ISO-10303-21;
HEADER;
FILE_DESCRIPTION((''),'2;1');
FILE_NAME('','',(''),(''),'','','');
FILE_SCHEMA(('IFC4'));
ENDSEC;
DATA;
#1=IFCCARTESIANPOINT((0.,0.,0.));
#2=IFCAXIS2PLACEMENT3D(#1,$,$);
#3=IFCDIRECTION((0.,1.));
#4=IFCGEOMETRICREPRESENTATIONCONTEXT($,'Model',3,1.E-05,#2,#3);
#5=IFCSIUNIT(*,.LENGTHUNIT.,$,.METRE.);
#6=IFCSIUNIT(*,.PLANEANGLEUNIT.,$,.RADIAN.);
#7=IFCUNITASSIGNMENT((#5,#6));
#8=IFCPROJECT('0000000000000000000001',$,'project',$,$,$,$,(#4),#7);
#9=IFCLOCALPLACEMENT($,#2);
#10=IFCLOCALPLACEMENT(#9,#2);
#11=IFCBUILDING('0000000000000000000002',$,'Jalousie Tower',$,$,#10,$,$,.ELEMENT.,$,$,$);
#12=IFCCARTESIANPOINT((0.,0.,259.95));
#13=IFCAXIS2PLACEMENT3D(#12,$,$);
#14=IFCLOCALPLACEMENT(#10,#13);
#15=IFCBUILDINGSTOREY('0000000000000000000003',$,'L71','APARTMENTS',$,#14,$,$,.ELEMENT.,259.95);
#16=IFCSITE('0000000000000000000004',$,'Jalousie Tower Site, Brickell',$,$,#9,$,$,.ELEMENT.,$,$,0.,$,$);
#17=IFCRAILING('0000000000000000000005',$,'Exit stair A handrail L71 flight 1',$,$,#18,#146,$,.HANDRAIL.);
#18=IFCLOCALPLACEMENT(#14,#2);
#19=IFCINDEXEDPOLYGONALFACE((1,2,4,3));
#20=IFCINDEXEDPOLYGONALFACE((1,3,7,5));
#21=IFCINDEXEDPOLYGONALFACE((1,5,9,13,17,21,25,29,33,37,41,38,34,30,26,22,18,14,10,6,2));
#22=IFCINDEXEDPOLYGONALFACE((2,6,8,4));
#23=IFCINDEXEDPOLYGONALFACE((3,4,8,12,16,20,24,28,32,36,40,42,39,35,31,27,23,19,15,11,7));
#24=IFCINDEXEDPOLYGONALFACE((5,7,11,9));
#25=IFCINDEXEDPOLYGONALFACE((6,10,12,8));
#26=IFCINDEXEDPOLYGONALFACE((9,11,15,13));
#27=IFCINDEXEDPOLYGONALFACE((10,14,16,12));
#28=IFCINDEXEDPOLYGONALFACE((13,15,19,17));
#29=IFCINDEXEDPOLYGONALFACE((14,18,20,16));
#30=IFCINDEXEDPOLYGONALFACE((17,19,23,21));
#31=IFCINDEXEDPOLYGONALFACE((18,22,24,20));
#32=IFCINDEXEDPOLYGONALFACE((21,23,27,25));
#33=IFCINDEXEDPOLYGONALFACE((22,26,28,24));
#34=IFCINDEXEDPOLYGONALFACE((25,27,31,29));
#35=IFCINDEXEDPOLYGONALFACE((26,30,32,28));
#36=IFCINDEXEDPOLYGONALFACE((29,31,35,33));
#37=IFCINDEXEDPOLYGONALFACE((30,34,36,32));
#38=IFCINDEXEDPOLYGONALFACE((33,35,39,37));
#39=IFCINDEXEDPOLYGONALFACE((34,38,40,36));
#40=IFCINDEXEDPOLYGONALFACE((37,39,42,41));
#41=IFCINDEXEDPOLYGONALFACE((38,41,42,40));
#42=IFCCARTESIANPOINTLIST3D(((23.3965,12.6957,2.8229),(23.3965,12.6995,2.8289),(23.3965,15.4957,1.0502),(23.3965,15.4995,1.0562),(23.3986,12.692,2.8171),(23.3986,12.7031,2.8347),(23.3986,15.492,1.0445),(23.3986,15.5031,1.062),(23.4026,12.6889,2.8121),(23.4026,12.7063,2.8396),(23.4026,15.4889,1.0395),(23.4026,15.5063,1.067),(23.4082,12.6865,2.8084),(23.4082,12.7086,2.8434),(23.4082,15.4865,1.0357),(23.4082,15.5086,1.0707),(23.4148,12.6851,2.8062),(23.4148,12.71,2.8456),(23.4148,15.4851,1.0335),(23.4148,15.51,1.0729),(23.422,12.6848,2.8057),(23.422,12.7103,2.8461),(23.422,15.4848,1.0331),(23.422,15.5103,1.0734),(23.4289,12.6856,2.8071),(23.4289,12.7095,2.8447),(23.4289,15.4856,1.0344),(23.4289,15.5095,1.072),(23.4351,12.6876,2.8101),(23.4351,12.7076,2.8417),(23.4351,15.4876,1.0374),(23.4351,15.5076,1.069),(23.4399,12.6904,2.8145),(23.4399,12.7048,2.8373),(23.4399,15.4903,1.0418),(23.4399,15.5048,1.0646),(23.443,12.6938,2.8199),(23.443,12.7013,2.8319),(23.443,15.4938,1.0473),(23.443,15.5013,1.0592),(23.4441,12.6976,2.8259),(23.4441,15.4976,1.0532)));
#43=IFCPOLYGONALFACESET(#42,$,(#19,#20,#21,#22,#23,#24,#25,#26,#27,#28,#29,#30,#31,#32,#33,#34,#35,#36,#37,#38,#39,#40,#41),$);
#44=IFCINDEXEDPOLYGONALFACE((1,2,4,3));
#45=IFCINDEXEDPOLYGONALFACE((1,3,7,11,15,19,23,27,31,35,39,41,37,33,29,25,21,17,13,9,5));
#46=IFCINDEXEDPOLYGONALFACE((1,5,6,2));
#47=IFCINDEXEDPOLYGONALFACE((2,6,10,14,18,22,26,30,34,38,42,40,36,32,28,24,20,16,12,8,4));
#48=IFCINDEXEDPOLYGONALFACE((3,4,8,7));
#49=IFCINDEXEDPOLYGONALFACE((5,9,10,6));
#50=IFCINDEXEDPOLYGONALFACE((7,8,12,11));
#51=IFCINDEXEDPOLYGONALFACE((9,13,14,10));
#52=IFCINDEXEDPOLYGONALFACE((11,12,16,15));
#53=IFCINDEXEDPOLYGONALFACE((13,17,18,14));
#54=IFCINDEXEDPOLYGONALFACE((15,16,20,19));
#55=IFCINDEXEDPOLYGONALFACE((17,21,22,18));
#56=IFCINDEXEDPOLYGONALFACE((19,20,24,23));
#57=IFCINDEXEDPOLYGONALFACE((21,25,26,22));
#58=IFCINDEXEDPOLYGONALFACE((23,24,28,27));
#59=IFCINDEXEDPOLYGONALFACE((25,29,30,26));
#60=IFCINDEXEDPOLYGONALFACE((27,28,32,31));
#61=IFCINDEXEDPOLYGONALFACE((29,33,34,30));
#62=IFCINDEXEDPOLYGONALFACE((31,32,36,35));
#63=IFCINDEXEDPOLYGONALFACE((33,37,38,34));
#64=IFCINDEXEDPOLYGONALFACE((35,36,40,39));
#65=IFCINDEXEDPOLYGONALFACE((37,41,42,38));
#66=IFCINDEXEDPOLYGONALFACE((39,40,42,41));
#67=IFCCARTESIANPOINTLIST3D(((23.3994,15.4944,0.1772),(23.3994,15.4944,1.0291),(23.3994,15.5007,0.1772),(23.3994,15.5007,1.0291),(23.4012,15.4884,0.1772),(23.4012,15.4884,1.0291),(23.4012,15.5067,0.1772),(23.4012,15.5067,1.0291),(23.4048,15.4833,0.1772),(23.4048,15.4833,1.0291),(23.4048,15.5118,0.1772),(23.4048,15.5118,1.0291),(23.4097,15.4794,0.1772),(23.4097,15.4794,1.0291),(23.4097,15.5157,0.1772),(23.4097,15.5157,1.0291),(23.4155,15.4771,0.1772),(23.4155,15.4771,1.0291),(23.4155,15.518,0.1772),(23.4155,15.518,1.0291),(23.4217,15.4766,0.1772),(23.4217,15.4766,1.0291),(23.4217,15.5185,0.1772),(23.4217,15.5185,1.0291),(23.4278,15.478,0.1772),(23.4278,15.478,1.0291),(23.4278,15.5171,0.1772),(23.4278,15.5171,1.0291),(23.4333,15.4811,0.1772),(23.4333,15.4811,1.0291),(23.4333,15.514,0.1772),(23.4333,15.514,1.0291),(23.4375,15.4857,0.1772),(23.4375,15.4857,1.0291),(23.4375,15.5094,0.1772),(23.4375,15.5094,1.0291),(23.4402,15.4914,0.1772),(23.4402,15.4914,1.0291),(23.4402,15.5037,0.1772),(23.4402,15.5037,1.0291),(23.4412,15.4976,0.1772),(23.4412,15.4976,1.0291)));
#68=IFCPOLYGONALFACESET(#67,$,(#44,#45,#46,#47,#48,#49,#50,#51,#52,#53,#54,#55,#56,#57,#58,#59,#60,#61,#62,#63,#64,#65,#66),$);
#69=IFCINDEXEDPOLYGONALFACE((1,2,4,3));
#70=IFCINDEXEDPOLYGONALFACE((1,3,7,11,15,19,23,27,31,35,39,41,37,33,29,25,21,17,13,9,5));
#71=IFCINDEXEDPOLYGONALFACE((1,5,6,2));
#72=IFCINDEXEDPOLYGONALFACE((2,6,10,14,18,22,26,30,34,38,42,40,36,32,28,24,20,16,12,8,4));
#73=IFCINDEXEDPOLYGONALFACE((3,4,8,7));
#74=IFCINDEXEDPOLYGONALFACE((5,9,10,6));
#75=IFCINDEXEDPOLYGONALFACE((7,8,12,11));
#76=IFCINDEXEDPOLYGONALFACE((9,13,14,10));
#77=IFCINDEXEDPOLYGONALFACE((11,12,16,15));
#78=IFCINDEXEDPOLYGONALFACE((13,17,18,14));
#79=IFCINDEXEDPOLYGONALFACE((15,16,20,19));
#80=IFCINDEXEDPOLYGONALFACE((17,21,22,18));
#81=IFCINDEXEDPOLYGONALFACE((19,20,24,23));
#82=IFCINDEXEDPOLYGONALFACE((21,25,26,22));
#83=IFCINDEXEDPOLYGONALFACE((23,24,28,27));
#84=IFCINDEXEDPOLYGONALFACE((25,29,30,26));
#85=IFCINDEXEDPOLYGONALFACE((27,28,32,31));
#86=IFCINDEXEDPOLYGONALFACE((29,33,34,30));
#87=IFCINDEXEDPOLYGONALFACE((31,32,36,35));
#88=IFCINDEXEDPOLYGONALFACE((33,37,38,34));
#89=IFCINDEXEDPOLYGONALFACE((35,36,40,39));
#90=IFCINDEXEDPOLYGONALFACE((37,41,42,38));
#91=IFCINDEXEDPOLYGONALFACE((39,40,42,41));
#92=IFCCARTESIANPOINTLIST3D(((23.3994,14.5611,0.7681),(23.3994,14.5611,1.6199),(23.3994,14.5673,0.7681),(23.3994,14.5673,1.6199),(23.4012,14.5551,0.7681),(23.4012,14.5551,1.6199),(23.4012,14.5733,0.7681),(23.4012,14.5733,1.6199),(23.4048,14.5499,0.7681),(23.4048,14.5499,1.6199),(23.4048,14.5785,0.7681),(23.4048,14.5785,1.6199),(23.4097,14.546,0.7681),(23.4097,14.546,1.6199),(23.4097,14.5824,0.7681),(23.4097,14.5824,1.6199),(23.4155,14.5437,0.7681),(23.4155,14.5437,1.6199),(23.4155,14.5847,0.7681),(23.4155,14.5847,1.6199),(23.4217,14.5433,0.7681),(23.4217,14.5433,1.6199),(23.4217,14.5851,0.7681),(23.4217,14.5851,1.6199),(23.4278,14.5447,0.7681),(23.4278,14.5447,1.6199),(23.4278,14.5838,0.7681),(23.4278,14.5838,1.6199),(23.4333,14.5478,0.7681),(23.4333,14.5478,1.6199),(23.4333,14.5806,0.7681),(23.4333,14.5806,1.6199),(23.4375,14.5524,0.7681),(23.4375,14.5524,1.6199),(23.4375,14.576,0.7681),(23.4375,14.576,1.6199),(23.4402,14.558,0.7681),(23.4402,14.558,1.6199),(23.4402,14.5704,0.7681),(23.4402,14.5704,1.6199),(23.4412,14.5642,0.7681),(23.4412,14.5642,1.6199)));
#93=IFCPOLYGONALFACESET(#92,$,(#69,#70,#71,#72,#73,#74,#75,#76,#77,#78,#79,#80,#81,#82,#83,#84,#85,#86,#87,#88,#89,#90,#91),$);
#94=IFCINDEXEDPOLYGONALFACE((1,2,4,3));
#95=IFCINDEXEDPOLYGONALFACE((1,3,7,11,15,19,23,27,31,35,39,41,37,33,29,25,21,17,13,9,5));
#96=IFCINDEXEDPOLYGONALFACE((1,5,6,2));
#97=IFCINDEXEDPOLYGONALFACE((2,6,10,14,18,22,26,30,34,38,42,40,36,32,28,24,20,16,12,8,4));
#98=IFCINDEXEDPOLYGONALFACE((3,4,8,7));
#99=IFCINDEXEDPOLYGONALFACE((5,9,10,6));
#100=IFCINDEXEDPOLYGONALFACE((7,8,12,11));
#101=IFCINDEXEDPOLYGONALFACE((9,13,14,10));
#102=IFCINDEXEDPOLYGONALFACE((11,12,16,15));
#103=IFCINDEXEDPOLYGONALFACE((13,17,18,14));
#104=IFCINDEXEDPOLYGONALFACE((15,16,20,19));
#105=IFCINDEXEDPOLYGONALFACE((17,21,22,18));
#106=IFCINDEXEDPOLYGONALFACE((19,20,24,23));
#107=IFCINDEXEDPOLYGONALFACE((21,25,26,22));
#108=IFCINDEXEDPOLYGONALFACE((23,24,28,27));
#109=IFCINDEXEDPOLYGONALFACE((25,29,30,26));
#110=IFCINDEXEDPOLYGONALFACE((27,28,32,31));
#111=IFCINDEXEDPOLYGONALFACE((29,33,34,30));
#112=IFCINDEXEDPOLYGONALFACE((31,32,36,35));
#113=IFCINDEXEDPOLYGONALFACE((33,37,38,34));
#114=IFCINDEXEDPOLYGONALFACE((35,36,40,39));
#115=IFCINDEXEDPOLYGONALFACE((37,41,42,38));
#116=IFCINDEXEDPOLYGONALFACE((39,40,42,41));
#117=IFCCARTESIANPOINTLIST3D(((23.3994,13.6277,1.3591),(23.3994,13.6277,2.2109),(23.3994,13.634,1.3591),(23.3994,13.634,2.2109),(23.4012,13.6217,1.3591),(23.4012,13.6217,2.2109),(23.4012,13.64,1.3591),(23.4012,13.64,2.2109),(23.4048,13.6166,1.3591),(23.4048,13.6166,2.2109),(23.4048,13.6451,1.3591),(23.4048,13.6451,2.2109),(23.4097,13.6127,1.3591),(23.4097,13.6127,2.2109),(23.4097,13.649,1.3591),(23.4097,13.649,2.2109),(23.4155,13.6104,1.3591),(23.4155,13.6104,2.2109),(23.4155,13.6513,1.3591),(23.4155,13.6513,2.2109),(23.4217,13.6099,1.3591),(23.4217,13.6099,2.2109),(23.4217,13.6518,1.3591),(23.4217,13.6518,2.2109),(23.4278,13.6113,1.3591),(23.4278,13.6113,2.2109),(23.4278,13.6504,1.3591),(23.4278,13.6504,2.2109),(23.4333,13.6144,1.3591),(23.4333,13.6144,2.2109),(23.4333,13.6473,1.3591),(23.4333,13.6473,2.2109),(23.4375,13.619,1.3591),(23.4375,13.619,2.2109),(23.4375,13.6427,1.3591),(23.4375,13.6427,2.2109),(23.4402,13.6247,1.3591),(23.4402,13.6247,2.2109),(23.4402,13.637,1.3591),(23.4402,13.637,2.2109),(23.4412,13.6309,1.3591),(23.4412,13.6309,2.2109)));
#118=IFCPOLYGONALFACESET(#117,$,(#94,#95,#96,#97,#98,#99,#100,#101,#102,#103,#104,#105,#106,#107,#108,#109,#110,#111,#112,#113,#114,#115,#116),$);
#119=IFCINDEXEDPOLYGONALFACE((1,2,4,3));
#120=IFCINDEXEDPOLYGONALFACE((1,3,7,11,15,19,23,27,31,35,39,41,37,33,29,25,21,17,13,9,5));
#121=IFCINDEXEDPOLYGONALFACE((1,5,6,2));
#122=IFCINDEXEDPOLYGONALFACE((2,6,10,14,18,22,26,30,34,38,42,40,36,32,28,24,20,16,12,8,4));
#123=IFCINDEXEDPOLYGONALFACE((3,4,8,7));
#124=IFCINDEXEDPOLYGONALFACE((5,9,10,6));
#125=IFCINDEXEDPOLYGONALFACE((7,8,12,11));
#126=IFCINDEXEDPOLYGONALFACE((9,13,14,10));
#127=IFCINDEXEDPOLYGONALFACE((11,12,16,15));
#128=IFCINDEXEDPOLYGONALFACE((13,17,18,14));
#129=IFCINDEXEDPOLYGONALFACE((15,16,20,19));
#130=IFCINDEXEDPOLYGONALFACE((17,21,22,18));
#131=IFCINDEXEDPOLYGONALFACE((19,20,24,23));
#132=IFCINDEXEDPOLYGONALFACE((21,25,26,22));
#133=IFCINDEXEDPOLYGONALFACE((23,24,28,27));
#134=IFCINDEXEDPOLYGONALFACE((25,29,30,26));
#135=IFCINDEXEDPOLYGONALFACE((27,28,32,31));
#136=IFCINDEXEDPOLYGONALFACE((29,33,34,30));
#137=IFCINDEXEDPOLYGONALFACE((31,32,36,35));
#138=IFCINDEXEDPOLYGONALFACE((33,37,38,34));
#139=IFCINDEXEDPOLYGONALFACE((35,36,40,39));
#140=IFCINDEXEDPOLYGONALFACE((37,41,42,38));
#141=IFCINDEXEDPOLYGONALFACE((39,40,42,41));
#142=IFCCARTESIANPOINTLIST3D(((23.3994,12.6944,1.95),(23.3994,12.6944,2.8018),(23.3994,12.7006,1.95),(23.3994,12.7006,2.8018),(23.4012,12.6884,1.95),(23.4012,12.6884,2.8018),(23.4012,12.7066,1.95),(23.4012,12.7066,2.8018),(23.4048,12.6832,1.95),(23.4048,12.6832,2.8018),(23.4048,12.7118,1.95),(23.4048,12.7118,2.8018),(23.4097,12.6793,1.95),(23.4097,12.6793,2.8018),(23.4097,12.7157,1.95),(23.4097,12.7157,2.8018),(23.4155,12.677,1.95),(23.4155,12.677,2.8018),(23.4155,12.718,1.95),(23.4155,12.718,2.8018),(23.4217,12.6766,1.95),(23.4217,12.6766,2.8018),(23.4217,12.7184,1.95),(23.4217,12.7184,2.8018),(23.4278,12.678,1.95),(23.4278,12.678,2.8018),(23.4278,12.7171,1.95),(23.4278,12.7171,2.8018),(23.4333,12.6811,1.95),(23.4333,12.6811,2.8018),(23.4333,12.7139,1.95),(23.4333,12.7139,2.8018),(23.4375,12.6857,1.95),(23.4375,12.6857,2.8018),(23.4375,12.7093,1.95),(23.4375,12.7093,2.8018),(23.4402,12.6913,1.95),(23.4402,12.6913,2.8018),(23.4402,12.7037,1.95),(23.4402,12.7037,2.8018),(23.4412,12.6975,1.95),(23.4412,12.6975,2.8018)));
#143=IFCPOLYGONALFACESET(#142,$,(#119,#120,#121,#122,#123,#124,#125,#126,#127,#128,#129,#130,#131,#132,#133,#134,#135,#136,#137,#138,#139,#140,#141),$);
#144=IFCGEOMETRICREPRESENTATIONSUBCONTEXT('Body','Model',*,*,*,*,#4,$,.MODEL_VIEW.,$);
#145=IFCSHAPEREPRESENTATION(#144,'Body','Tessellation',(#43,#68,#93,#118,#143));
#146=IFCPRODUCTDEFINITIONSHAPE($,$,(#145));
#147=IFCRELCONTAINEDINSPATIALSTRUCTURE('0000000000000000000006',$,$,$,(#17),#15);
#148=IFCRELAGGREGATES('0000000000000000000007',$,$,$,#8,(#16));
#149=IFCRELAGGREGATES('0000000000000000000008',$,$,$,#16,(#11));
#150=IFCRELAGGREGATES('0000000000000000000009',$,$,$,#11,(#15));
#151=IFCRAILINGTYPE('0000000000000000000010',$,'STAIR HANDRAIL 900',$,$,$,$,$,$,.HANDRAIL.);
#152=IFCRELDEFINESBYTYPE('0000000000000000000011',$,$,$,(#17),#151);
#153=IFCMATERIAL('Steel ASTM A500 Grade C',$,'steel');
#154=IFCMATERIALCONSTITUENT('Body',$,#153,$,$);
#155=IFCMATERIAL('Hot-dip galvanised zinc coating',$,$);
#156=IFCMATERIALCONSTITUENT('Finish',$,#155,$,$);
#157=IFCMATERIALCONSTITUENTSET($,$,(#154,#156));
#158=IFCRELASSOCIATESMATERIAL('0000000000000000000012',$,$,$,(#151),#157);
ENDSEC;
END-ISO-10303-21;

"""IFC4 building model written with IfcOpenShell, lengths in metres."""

from ifc_helpers import new_model, si_unit, direction, frame, origin, origin_2d, place, context, subcontext, project, spatial, circle, extrude, material, constituent, constituent_set, type_object, element, save


model = new_model("IFC4")

# Units and contexts
model_context = context("Model", 3, precision=1e-05, world=origin(), true_north=direction((0.0, 1.0)))
body_context = subcontext(model_context, "Body", "Model", "MODEL_VIEW")
ifc_project = project(units=[si_unit("LENGTHUNIT", "METRE"), si_unit("PLANEANGLEUNIT", "RADIAN")], contexts=[model_context])

# Site, building, storey
site_placement = place(None, origin())
site = spatial("IfcSite", under=ifc_project, at=site_placement, Name="Jalousie Tower Site, Brickell", CompositionType="ELEMENT", RefElevation=0.0)
building_placement = place(site_placement, origin())
building = spatial("IfcBuilding", under=site, at=building_placement, Name="Jalousie Tower", CompositionType="ELEMENT")
storey_placement = place(building_placement, frame((0.0, 0.0, 259.95)))
storey = spatial("IfcBuildingStorey", under=building, at=storey_placement, Name="L71", Description="APARTMENTS", CompositionType="ELEMENT", Elevation=259.95)

# Railing
ifc_material_1 = material(Name="Steel ASTM A500 Grade C", Category="steel")
ifc_constituent_1 = constituent(ifc_material_1, Name="Body")
ifc_material_2 = material(Name="Hot-dip galvanised zinc coating")
ifc_constituent_2 = constituent(ifc_material_2, Name="Finish")
ifc_constituent_set = constituent_set(constituents=[ifc_constituent_1, ifc_constituent_2])
railing_type = type_object("IfcRailingType", Name="STAIR HANDRAIL 900", PredefinedType="HANDRAIL", material=ifc_constituent_set)
railing_1_placement = place(storey_placement, frame((23.4202, 15.4976, 0.1772)))
element("IfcRailing", 1, at=railing_1_placement, inside=storey, type_object=railing_type, Name="Exit stair A handrail L71 flight 1", PredefinedType="HANDRAIL", context=body_context, shape_type="SweptSolid", body=[
    extrude(circle(Radius=0.0239, at=origin_2d()), frame((0.0, 0.0, 0.876), z_axis=(0.0, -0.844909, 0.53491), x_axis=(1.0, 0.0, 0.0)), (0.0, 0.0, 1.0), 3.314),
    extrude(circle(Radius=0.021, at=origin_2d()), origin(), (0.0, 0.0, 1.0), 0.8518),
    extrude(circle(Radius=0.021, at=origin_2d()), frame((0.0, -0.9333, 0.5908)), (0.0, 0.0, 1.0), 0.8518),
    extrude(circle(Radius=0.021, at=origin_2d()), frame((0.0, -1.8667, 1.1819)), (0.0, 0.0, 1.0), 0.8518),
    extrude(circle(Radius=0.021, at=origin_2d()), frame((0.0, -2.8, 1.7727)), (0.0, 0.0, 1.0), 0.8518),
])

save(model, "model.ifc")
